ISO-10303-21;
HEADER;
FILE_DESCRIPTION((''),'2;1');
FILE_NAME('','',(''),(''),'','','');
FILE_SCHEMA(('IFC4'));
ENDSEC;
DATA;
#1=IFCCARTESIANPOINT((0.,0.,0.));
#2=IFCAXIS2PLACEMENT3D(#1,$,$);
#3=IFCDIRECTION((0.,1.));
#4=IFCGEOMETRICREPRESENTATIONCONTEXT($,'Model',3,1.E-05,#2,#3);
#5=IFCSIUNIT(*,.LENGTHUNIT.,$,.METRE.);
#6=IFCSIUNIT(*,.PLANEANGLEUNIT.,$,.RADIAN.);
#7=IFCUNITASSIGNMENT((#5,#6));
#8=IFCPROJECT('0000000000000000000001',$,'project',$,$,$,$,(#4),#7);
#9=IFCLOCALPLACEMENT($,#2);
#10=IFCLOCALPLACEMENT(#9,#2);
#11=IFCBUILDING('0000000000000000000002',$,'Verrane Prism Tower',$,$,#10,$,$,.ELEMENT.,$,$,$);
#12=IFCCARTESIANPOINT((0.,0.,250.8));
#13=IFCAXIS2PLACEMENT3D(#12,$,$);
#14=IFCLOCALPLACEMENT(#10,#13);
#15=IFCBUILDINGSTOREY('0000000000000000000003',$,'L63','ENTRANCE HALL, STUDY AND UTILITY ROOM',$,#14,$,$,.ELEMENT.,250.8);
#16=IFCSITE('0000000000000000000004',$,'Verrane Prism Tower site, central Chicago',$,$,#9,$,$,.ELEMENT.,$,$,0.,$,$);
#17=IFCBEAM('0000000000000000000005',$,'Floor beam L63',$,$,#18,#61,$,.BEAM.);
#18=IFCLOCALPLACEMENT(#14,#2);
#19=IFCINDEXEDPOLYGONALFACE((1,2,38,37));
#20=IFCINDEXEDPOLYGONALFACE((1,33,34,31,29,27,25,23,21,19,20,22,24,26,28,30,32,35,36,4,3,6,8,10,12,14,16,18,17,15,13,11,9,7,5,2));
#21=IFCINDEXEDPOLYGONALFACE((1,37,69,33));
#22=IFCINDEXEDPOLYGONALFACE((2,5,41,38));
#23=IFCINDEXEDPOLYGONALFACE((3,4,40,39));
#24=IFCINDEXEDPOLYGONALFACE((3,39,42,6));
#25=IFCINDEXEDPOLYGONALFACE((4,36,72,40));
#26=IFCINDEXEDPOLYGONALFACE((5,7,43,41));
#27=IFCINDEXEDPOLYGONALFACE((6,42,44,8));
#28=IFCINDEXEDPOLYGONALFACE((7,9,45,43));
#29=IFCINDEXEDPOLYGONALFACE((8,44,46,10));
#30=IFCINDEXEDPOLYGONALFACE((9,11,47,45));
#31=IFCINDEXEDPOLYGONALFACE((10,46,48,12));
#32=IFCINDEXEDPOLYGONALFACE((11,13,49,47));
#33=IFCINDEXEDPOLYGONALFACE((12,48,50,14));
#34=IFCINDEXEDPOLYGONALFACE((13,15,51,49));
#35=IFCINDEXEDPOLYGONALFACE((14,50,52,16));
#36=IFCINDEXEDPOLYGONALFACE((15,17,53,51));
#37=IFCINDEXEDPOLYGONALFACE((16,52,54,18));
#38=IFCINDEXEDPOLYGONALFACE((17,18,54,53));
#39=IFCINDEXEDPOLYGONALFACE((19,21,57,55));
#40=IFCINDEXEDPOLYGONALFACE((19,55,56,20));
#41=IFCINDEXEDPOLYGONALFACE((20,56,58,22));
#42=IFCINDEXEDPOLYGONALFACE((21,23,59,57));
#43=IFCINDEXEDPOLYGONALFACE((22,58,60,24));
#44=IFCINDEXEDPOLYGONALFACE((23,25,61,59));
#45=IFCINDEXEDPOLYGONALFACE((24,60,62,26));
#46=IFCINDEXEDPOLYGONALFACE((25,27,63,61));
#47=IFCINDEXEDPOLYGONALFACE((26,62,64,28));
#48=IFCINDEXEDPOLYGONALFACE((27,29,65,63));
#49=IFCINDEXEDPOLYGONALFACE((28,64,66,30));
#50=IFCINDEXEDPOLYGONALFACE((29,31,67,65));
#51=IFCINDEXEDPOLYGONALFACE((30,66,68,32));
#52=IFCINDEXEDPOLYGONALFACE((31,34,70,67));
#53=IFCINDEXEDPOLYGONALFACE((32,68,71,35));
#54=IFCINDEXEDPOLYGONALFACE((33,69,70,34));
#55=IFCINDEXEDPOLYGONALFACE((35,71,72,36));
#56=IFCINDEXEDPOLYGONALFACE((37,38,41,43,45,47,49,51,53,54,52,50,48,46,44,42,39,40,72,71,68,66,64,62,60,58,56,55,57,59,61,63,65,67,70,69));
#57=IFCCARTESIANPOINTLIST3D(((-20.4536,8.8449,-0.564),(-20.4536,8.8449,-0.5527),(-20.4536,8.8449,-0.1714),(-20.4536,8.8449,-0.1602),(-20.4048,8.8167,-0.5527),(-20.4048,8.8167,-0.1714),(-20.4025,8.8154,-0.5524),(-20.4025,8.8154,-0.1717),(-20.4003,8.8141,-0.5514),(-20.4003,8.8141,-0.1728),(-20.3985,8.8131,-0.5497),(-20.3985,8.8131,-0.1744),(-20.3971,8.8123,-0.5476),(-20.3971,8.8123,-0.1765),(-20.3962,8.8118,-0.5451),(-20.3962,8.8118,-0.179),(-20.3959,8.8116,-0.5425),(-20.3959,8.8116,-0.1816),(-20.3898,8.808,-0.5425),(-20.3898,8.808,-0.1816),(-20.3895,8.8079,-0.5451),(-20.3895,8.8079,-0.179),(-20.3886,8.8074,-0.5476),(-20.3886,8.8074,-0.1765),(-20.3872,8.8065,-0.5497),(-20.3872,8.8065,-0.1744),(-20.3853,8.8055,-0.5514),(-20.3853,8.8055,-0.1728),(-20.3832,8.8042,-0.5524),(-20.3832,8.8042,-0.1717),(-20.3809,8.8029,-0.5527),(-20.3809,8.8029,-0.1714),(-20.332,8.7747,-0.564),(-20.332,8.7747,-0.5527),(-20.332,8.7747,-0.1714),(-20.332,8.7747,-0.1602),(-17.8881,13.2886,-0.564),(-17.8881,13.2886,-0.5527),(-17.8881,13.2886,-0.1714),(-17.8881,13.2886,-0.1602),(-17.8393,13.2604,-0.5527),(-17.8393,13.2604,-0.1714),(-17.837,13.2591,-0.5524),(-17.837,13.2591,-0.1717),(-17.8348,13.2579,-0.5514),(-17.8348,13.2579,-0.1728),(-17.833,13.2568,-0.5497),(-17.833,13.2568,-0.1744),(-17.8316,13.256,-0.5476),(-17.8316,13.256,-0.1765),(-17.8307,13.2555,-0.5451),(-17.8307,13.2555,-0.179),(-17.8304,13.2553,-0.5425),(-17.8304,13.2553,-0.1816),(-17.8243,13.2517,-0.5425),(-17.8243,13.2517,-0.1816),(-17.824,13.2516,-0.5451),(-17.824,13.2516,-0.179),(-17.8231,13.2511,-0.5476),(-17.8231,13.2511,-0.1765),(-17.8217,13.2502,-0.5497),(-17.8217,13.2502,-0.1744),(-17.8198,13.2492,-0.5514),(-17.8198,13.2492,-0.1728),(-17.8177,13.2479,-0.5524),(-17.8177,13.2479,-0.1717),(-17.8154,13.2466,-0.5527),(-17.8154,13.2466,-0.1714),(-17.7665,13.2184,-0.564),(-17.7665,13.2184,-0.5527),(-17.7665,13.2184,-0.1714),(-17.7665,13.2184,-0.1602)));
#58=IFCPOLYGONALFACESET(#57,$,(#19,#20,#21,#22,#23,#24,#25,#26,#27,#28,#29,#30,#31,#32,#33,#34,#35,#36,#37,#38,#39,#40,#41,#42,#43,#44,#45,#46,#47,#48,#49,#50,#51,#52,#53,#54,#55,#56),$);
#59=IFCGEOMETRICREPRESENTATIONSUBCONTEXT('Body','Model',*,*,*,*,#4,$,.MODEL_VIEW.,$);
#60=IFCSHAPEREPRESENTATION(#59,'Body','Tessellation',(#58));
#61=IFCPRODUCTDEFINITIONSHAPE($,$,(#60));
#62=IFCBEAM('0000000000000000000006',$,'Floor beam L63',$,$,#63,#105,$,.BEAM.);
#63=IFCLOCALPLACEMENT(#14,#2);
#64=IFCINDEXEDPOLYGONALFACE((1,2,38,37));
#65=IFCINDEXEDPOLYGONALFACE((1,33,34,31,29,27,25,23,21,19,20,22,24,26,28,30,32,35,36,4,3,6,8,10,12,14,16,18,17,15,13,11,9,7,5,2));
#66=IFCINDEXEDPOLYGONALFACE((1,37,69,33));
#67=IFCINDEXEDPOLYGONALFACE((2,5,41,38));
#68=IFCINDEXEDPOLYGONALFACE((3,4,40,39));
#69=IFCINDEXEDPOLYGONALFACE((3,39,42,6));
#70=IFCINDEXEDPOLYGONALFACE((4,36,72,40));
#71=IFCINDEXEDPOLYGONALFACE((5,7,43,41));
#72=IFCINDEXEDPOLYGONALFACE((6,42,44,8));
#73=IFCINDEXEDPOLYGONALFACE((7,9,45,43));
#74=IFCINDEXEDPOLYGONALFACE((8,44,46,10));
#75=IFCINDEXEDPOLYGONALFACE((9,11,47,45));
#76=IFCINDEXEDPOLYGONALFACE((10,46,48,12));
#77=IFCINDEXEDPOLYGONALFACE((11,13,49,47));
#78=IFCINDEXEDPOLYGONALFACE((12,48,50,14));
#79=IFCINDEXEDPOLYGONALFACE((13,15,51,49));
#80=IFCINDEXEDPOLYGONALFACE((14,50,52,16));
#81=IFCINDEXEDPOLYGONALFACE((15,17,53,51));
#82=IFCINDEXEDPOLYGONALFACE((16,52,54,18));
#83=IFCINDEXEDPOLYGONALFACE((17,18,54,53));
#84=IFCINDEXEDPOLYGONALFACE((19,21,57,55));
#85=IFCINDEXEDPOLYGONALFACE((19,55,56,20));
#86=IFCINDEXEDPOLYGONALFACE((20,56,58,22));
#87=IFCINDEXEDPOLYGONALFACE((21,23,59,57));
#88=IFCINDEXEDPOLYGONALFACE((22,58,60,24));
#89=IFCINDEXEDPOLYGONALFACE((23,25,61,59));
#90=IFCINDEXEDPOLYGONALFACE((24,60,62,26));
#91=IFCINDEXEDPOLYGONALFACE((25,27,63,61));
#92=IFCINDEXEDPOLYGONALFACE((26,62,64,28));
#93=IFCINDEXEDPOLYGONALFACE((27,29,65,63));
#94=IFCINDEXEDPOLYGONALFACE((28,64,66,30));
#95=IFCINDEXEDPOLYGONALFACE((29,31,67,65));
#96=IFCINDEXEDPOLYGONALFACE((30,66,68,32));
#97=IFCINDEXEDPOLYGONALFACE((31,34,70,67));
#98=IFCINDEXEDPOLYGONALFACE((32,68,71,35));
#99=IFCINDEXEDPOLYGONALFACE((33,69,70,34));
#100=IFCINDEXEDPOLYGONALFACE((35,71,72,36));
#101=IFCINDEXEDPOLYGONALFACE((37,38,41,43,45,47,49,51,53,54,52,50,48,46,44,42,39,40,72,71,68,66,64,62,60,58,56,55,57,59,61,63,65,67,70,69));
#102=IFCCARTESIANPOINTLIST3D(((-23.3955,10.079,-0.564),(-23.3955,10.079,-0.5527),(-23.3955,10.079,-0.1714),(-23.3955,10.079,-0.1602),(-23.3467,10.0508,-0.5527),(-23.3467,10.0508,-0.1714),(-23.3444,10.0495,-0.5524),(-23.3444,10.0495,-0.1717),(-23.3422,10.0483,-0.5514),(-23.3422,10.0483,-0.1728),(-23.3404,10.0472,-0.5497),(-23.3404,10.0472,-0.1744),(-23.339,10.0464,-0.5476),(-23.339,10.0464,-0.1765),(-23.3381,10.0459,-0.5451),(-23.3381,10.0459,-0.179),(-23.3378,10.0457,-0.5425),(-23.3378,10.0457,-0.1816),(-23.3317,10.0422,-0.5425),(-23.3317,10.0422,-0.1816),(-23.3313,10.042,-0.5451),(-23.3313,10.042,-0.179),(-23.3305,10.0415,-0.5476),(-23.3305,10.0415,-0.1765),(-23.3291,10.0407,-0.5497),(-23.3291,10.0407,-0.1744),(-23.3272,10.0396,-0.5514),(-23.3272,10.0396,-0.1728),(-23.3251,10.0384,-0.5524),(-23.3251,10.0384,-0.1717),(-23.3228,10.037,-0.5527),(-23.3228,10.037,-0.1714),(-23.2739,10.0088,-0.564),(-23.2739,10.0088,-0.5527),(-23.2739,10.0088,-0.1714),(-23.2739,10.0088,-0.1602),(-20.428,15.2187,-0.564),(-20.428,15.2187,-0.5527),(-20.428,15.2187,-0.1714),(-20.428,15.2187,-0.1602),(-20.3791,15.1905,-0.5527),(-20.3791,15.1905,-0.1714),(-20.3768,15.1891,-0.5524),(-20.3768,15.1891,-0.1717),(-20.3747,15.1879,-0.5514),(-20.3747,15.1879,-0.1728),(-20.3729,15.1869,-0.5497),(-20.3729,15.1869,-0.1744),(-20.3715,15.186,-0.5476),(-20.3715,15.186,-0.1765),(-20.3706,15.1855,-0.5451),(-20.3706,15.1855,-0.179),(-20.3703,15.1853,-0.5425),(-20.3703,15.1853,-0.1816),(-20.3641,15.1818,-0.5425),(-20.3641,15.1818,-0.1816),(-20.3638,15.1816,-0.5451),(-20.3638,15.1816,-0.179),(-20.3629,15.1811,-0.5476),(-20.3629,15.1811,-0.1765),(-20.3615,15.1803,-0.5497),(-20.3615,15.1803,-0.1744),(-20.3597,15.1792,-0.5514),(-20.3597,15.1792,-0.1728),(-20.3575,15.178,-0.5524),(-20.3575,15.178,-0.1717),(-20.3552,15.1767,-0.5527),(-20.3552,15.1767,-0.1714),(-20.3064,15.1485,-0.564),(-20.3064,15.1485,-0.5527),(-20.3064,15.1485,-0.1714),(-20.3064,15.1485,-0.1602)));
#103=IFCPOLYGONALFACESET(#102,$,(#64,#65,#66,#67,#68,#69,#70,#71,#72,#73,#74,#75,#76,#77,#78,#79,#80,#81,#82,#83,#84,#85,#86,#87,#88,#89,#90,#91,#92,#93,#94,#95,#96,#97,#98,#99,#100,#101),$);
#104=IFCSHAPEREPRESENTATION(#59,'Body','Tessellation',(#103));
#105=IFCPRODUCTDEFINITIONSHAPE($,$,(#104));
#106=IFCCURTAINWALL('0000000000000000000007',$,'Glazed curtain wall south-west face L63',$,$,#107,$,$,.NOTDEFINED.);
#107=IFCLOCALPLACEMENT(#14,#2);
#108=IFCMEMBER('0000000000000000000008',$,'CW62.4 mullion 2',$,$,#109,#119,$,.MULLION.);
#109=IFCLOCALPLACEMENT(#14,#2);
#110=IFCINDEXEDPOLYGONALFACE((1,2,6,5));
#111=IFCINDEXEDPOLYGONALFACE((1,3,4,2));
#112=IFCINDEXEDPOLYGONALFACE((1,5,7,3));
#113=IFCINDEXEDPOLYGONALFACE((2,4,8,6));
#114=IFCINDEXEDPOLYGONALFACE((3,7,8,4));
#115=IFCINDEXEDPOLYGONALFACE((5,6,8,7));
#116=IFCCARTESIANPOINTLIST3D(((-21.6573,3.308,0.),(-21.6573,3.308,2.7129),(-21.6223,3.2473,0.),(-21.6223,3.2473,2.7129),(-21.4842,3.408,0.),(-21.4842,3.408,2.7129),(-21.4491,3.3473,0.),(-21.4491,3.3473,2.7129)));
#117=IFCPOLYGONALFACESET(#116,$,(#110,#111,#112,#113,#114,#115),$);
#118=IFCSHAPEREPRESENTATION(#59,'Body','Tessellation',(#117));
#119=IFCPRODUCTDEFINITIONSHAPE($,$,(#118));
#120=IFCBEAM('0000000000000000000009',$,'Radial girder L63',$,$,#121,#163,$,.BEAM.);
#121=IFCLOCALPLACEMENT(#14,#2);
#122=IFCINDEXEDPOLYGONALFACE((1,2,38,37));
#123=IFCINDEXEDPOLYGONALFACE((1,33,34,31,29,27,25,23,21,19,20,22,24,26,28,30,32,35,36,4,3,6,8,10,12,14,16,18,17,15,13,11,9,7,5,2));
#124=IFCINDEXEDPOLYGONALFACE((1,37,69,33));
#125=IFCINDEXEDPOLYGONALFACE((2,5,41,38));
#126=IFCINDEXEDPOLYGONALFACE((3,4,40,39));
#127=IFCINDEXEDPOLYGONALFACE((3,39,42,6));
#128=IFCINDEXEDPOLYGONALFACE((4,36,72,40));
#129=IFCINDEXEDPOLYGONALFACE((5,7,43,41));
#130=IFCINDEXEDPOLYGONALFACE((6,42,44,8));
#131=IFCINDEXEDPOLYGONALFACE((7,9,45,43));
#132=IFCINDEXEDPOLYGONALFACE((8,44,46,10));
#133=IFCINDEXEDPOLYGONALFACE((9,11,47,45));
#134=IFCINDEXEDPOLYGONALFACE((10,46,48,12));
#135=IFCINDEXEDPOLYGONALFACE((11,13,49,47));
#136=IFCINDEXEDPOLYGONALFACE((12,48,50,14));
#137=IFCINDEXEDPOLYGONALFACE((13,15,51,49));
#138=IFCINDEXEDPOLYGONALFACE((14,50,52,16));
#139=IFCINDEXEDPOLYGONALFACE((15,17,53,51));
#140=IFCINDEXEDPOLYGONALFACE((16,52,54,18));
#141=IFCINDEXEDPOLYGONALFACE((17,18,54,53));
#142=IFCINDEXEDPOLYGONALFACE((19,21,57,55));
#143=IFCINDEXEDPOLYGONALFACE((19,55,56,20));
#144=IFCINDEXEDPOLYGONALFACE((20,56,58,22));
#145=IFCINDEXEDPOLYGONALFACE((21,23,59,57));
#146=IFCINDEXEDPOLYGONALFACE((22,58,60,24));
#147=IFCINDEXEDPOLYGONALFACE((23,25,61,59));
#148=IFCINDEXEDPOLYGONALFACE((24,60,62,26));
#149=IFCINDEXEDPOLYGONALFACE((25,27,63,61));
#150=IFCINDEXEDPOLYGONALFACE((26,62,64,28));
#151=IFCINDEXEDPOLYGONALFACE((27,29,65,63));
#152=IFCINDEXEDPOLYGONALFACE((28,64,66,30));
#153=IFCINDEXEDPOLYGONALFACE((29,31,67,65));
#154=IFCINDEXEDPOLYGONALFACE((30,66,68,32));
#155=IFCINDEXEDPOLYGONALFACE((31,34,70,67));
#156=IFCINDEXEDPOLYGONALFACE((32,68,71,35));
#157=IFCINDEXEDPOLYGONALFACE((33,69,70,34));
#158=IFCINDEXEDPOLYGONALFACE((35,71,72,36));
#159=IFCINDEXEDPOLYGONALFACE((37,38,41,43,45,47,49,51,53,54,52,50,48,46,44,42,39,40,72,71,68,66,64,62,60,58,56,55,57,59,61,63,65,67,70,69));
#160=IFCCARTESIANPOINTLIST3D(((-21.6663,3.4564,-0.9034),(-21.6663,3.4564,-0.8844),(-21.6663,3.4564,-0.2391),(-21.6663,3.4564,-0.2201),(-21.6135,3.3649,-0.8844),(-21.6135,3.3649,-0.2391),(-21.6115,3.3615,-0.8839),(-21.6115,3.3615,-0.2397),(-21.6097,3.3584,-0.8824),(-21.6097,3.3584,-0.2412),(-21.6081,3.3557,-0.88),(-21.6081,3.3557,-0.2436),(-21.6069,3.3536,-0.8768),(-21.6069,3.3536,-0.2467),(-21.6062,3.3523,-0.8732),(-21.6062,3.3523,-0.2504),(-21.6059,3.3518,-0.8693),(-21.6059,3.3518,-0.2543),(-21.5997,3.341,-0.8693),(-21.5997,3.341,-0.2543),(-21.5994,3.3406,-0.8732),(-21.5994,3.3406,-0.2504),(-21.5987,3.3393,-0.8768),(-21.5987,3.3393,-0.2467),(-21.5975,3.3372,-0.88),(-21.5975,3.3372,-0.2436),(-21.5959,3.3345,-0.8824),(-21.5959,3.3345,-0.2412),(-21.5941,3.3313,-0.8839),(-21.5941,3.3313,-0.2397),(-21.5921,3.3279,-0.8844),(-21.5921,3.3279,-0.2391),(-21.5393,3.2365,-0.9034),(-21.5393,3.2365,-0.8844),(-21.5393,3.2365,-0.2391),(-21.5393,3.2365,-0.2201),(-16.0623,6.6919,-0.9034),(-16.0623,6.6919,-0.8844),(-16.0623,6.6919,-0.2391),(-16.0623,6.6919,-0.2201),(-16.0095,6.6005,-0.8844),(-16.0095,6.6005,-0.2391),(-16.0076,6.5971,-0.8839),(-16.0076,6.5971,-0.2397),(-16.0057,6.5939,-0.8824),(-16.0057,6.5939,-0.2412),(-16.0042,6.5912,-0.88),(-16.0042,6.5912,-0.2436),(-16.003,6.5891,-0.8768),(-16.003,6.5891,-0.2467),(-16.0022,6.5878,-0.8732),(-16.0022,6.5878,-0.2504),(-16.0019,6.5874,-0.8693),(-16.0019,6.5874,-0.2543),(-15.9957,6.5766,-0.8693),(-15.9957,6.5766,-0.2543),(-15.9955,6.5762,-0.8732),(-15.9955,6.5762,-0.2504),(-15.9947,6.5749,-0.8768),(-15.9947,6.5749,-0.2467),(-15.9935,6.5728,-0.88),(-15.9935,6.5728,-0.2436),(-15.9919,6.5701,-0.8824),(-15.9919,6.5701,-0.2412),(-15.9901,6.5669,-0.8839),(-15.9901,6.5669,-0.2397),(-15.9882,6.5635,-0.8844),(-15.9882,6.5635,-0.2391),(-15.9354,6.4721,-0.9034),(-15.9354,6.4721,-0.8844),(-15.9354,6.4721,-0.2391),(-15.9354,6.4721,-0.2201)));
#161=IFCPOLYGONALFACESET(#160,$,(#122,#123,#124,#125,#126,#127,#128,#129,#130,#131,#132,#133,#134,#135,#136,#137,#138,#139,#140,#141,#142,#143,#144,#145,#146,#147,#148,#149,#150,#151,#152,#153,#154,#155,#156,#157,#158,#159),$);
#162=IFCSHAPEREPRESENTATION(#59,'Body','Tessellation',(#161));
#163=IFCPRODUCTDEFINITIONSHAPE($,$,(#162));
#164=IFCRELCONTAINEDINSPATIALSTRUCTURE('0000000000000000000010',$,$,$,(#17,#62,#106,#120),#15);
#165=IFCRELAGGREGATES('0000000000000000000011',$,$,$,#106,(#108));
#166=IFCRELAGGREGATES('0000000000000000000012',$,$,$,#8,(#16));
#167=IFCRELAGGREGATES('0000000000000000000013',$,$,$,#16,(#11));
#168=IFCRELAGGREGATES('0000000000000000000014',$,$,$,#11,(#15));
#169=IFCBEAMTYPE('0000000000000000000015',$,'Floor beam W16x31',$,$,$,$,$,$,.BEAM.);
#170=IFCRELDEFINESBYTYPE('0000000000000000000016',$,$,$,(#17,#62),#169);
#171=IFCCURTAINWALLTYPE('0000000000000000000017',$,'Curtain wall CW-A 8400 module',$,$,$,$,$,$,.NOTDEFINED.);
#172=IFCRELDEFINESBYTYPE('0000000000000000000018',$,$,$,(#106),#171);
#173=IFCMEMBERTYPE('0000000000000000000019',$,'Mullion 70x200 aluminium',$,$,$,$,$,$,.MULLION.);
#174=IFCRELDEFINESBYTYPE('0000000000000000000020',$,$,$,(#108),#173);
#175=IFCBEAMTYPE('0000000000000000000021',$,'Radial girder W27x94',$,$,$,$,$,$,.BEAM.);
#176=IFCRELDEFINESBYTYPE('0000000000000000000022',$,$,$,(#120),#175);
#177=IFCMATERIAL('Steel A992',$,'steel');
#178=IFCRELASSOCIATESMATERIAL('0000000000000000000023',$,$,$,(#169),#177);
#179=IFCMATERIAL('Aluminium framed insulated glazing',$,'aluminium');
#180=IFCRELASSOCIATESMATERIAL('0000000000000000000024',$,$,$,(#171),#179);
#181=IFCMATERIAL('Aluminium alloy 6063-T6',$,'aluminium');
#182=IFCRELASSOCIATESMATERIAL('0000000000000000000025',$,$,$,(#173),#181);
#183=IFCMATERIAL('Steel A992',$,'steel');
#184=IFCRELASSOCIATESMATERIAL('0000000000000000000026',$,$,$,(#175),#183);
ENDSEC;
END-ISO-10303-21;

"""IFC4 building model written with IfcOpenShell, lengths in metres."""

from ifc_helpers import new_model, si_unit, direction, frame, origin, origin_2d, place, context, subcontext, project, spatial, rectangle, i_section, extrude, material, material_profile, profile_set, type_object, element, aggregate, save


model = new_model("IFC4")

# Units and contexts
model_context = context("Model", 3, precision=1e-05, world=origin(), true_north=direction((0.0, 1.0)))
body_context = subcontext(model_context, "Body", "Model", "MODEL_VIEW")
ifc_project = project(units=[si_unit("LENGTHUNIT", "METRE"), si_unit("PLANEANGLEUNIT", "RADIAN")], contexts=[model_context])

# Site, building, storey
site_placement = place(None, origin())
site = spatial("IfcSite", under=ifc_project, at=site_placement, Name="Verrane Prism Tower site, central Chicago", CompositionType="ELEMENT", RefElevation=0.0)
building_placement = place(site_placement, origin())
building = spatial("IfcBuilding", under=site, at=building_placement, Name="Verrane Prism Tower", CompositionType="ELEMENT")
storey_placement = place(building_placement, frame((0.0, 0.0, 250.8)))
storey = spatial("IfcBuildingStorey", under=building, at=storey_placement, Name="L63", Description="ENTRANCE HALL, STUDY AND UTILITY ROOM", CompositionType="ELEMENT", Elevation=250.8)

# Beams
ifc_material_1 = material(Name="Steel A992", Category="steel")
ifc_material_profile_1 = material_profile(ifc_material_1, i_section(OverallWidth=0.1404, OverallDepth=0.4038, WebThickness=0.0071, FlangeThickness=0.0112, FilletRadius=0.0103, at=origin_2d()), Name="W16x31")
ifc_profile_set_1 = profile_set([ifc_material_profile_1], Name="Steel A992")
beam_type_1 = type_object("IfcBeamType", Name="Floor beam W16x31", PredefinedType="BEAM", material=ifc_profile_set_1)
beam_1_placement = place(storey_placement, frame((-20.3928, 8.8098, -0.3621), z_axis=(0.499987, 0.866033, 0.0), x_axis=(-0.866033, 0.499987, 0.0)))
element("IfcBeam", 1, at=beam_1_placement, inside=storey, type_object=beam_type_1, Name="Floor beam L63", PredefinedType="BEAM", context=body_context, shape_type="SweptSolid", body=[
    extrude(i_section(OverallWidth=0.1404, OverallDepth=0.4038, WebThickness=0.0071, FlangeThickness=0.0112, FilletRadius=0.0103, at=origin_2d()), origin(), (0.0, 0.0, 1.0), 5.1311),
])
beam_2_placement = place(storey_placement, frame((-23.3347, 10.0439, -0.3621), z_axis=(0.500019, 0.866014, 0.0), x_axis=(-0.866014, 0.500019, 0.0)))
element("IfcBeam", 2, at=beam_2_placement, inside=storey, type_object=beam_type_1, Name="Floor beam L63", PredefinedType="BEAM", context=body_context, shape_type="SweptSolid", body=[
    extrude(i_section(OverallWidth=0.1404, OverallDepth=0.4038, WebThickness=0.0071, FlangeThickness=0.0112, FilletRadius=0.0103, at=origin_2d()), origin(), (0.0, 0.0, 1.0), 5.9348),
])

# Curtain wall, member
ifc_material_2 = material(Name="Aluminium framed insulated glazing", Category="aluminium")
curtain_wall_type = type_object("IfcCurtainWallType", Name="Curtain wall CW-A 8400 module", PredefinedType="NOTDEFINED", material=ifc_material_2)
curtain_wall_placement = place(storey_placement, origin())
curtain_wall = element("IfcCurtainWall", 3, at=curtain_wall_placement, inside=storey, type_object=curtain_wall_type, Name="Glazed curtain wall south-west face L63", PredefinedType="NOTDEFINED")
ifc_material_3 = material(Name="Aluminium alloy 6063-T6", Category="aluminium")
ifc_material_profile_2 = material_profile(ifc_material_3, rectangle(XDim=0.2, YDim=0.0701, at=origin_2d()), Name="Mullion 70x200 aluminium")
ifc_profile_set_2 = profile_set([ifc_material_profile_2], Name="Aluminium alloy 6063-T6")
member_type_1 = type_object("IfcMemberType", Name="Mullion 70x200 aluminium", PredefinedType="MULLION", material=ifc_profile_set_2)
member_1_placement = place(storey_placement, frame((-21.5532, 3.3276, 0.0), z_axis=(0.0, 0.0, 1.0), x_axis=(0.866026, 0.5, 0.0)))
member_1 = element("IfcMember", 4, at=member_1_placement, type_object=member_type_1, Name="CW62.4 mullion 2", PredefinedType="MULLION", context=body_context, shape_type="SweptSolid", body=[
    extrude(rectangle(XDim=0.2, YDim=0.0701, at=origin_2d()), origin(), (0.0, 0.0, 1.0), 2.7129),
])

# Beam
ifc_material_4 = material(Name="Steel A992", Category="steel")
ifc_material_profile_3 = material_profile(ifc_material_4, i_section(OverallWidth=0.2539, OverallDepth=0.6833, WebThickness=0.0125, FlangeThickness=0.019, FilletRadius=0.0151, at=origin_2d()), Name="W27x94")
ifc_profile_set_3 = profile_set([ifc_material_profile_3], Name="Steel A992")
beam_type_2 = type_object("IfcBeamType", Name="Radial girder W27x94", PredefinedType="BEAM", material=ifc_profile_set_3)
beam_3_placement = place(storey_placement, frame((-21.6028, 3.3464, -0.5618), z_axis=(0.866017, 0.500014, 0.0), x_axis=(-0.500014, 0.866017, 0.0)))
element("IfcBeam", 5, at=beam_3_placement, inside=storey, type_object=beam_type_2, Name="Radial girder L63", PredefinedType="BEAM", context=body_context, shape_type="SweptSolid", body=[
    extrude(i_section(OverallWidth=0.2539, OverallDepth=0.6833, WebThickness=0.0125, FlangeThickness=0.019, FilletRadius=0.0151, at=origin_2d()), origin(), (0.0, 0.0, 1.0), 6.4709),
])

aggregate(curtain_wall, [member_1])

save(model, "model.ifc")
